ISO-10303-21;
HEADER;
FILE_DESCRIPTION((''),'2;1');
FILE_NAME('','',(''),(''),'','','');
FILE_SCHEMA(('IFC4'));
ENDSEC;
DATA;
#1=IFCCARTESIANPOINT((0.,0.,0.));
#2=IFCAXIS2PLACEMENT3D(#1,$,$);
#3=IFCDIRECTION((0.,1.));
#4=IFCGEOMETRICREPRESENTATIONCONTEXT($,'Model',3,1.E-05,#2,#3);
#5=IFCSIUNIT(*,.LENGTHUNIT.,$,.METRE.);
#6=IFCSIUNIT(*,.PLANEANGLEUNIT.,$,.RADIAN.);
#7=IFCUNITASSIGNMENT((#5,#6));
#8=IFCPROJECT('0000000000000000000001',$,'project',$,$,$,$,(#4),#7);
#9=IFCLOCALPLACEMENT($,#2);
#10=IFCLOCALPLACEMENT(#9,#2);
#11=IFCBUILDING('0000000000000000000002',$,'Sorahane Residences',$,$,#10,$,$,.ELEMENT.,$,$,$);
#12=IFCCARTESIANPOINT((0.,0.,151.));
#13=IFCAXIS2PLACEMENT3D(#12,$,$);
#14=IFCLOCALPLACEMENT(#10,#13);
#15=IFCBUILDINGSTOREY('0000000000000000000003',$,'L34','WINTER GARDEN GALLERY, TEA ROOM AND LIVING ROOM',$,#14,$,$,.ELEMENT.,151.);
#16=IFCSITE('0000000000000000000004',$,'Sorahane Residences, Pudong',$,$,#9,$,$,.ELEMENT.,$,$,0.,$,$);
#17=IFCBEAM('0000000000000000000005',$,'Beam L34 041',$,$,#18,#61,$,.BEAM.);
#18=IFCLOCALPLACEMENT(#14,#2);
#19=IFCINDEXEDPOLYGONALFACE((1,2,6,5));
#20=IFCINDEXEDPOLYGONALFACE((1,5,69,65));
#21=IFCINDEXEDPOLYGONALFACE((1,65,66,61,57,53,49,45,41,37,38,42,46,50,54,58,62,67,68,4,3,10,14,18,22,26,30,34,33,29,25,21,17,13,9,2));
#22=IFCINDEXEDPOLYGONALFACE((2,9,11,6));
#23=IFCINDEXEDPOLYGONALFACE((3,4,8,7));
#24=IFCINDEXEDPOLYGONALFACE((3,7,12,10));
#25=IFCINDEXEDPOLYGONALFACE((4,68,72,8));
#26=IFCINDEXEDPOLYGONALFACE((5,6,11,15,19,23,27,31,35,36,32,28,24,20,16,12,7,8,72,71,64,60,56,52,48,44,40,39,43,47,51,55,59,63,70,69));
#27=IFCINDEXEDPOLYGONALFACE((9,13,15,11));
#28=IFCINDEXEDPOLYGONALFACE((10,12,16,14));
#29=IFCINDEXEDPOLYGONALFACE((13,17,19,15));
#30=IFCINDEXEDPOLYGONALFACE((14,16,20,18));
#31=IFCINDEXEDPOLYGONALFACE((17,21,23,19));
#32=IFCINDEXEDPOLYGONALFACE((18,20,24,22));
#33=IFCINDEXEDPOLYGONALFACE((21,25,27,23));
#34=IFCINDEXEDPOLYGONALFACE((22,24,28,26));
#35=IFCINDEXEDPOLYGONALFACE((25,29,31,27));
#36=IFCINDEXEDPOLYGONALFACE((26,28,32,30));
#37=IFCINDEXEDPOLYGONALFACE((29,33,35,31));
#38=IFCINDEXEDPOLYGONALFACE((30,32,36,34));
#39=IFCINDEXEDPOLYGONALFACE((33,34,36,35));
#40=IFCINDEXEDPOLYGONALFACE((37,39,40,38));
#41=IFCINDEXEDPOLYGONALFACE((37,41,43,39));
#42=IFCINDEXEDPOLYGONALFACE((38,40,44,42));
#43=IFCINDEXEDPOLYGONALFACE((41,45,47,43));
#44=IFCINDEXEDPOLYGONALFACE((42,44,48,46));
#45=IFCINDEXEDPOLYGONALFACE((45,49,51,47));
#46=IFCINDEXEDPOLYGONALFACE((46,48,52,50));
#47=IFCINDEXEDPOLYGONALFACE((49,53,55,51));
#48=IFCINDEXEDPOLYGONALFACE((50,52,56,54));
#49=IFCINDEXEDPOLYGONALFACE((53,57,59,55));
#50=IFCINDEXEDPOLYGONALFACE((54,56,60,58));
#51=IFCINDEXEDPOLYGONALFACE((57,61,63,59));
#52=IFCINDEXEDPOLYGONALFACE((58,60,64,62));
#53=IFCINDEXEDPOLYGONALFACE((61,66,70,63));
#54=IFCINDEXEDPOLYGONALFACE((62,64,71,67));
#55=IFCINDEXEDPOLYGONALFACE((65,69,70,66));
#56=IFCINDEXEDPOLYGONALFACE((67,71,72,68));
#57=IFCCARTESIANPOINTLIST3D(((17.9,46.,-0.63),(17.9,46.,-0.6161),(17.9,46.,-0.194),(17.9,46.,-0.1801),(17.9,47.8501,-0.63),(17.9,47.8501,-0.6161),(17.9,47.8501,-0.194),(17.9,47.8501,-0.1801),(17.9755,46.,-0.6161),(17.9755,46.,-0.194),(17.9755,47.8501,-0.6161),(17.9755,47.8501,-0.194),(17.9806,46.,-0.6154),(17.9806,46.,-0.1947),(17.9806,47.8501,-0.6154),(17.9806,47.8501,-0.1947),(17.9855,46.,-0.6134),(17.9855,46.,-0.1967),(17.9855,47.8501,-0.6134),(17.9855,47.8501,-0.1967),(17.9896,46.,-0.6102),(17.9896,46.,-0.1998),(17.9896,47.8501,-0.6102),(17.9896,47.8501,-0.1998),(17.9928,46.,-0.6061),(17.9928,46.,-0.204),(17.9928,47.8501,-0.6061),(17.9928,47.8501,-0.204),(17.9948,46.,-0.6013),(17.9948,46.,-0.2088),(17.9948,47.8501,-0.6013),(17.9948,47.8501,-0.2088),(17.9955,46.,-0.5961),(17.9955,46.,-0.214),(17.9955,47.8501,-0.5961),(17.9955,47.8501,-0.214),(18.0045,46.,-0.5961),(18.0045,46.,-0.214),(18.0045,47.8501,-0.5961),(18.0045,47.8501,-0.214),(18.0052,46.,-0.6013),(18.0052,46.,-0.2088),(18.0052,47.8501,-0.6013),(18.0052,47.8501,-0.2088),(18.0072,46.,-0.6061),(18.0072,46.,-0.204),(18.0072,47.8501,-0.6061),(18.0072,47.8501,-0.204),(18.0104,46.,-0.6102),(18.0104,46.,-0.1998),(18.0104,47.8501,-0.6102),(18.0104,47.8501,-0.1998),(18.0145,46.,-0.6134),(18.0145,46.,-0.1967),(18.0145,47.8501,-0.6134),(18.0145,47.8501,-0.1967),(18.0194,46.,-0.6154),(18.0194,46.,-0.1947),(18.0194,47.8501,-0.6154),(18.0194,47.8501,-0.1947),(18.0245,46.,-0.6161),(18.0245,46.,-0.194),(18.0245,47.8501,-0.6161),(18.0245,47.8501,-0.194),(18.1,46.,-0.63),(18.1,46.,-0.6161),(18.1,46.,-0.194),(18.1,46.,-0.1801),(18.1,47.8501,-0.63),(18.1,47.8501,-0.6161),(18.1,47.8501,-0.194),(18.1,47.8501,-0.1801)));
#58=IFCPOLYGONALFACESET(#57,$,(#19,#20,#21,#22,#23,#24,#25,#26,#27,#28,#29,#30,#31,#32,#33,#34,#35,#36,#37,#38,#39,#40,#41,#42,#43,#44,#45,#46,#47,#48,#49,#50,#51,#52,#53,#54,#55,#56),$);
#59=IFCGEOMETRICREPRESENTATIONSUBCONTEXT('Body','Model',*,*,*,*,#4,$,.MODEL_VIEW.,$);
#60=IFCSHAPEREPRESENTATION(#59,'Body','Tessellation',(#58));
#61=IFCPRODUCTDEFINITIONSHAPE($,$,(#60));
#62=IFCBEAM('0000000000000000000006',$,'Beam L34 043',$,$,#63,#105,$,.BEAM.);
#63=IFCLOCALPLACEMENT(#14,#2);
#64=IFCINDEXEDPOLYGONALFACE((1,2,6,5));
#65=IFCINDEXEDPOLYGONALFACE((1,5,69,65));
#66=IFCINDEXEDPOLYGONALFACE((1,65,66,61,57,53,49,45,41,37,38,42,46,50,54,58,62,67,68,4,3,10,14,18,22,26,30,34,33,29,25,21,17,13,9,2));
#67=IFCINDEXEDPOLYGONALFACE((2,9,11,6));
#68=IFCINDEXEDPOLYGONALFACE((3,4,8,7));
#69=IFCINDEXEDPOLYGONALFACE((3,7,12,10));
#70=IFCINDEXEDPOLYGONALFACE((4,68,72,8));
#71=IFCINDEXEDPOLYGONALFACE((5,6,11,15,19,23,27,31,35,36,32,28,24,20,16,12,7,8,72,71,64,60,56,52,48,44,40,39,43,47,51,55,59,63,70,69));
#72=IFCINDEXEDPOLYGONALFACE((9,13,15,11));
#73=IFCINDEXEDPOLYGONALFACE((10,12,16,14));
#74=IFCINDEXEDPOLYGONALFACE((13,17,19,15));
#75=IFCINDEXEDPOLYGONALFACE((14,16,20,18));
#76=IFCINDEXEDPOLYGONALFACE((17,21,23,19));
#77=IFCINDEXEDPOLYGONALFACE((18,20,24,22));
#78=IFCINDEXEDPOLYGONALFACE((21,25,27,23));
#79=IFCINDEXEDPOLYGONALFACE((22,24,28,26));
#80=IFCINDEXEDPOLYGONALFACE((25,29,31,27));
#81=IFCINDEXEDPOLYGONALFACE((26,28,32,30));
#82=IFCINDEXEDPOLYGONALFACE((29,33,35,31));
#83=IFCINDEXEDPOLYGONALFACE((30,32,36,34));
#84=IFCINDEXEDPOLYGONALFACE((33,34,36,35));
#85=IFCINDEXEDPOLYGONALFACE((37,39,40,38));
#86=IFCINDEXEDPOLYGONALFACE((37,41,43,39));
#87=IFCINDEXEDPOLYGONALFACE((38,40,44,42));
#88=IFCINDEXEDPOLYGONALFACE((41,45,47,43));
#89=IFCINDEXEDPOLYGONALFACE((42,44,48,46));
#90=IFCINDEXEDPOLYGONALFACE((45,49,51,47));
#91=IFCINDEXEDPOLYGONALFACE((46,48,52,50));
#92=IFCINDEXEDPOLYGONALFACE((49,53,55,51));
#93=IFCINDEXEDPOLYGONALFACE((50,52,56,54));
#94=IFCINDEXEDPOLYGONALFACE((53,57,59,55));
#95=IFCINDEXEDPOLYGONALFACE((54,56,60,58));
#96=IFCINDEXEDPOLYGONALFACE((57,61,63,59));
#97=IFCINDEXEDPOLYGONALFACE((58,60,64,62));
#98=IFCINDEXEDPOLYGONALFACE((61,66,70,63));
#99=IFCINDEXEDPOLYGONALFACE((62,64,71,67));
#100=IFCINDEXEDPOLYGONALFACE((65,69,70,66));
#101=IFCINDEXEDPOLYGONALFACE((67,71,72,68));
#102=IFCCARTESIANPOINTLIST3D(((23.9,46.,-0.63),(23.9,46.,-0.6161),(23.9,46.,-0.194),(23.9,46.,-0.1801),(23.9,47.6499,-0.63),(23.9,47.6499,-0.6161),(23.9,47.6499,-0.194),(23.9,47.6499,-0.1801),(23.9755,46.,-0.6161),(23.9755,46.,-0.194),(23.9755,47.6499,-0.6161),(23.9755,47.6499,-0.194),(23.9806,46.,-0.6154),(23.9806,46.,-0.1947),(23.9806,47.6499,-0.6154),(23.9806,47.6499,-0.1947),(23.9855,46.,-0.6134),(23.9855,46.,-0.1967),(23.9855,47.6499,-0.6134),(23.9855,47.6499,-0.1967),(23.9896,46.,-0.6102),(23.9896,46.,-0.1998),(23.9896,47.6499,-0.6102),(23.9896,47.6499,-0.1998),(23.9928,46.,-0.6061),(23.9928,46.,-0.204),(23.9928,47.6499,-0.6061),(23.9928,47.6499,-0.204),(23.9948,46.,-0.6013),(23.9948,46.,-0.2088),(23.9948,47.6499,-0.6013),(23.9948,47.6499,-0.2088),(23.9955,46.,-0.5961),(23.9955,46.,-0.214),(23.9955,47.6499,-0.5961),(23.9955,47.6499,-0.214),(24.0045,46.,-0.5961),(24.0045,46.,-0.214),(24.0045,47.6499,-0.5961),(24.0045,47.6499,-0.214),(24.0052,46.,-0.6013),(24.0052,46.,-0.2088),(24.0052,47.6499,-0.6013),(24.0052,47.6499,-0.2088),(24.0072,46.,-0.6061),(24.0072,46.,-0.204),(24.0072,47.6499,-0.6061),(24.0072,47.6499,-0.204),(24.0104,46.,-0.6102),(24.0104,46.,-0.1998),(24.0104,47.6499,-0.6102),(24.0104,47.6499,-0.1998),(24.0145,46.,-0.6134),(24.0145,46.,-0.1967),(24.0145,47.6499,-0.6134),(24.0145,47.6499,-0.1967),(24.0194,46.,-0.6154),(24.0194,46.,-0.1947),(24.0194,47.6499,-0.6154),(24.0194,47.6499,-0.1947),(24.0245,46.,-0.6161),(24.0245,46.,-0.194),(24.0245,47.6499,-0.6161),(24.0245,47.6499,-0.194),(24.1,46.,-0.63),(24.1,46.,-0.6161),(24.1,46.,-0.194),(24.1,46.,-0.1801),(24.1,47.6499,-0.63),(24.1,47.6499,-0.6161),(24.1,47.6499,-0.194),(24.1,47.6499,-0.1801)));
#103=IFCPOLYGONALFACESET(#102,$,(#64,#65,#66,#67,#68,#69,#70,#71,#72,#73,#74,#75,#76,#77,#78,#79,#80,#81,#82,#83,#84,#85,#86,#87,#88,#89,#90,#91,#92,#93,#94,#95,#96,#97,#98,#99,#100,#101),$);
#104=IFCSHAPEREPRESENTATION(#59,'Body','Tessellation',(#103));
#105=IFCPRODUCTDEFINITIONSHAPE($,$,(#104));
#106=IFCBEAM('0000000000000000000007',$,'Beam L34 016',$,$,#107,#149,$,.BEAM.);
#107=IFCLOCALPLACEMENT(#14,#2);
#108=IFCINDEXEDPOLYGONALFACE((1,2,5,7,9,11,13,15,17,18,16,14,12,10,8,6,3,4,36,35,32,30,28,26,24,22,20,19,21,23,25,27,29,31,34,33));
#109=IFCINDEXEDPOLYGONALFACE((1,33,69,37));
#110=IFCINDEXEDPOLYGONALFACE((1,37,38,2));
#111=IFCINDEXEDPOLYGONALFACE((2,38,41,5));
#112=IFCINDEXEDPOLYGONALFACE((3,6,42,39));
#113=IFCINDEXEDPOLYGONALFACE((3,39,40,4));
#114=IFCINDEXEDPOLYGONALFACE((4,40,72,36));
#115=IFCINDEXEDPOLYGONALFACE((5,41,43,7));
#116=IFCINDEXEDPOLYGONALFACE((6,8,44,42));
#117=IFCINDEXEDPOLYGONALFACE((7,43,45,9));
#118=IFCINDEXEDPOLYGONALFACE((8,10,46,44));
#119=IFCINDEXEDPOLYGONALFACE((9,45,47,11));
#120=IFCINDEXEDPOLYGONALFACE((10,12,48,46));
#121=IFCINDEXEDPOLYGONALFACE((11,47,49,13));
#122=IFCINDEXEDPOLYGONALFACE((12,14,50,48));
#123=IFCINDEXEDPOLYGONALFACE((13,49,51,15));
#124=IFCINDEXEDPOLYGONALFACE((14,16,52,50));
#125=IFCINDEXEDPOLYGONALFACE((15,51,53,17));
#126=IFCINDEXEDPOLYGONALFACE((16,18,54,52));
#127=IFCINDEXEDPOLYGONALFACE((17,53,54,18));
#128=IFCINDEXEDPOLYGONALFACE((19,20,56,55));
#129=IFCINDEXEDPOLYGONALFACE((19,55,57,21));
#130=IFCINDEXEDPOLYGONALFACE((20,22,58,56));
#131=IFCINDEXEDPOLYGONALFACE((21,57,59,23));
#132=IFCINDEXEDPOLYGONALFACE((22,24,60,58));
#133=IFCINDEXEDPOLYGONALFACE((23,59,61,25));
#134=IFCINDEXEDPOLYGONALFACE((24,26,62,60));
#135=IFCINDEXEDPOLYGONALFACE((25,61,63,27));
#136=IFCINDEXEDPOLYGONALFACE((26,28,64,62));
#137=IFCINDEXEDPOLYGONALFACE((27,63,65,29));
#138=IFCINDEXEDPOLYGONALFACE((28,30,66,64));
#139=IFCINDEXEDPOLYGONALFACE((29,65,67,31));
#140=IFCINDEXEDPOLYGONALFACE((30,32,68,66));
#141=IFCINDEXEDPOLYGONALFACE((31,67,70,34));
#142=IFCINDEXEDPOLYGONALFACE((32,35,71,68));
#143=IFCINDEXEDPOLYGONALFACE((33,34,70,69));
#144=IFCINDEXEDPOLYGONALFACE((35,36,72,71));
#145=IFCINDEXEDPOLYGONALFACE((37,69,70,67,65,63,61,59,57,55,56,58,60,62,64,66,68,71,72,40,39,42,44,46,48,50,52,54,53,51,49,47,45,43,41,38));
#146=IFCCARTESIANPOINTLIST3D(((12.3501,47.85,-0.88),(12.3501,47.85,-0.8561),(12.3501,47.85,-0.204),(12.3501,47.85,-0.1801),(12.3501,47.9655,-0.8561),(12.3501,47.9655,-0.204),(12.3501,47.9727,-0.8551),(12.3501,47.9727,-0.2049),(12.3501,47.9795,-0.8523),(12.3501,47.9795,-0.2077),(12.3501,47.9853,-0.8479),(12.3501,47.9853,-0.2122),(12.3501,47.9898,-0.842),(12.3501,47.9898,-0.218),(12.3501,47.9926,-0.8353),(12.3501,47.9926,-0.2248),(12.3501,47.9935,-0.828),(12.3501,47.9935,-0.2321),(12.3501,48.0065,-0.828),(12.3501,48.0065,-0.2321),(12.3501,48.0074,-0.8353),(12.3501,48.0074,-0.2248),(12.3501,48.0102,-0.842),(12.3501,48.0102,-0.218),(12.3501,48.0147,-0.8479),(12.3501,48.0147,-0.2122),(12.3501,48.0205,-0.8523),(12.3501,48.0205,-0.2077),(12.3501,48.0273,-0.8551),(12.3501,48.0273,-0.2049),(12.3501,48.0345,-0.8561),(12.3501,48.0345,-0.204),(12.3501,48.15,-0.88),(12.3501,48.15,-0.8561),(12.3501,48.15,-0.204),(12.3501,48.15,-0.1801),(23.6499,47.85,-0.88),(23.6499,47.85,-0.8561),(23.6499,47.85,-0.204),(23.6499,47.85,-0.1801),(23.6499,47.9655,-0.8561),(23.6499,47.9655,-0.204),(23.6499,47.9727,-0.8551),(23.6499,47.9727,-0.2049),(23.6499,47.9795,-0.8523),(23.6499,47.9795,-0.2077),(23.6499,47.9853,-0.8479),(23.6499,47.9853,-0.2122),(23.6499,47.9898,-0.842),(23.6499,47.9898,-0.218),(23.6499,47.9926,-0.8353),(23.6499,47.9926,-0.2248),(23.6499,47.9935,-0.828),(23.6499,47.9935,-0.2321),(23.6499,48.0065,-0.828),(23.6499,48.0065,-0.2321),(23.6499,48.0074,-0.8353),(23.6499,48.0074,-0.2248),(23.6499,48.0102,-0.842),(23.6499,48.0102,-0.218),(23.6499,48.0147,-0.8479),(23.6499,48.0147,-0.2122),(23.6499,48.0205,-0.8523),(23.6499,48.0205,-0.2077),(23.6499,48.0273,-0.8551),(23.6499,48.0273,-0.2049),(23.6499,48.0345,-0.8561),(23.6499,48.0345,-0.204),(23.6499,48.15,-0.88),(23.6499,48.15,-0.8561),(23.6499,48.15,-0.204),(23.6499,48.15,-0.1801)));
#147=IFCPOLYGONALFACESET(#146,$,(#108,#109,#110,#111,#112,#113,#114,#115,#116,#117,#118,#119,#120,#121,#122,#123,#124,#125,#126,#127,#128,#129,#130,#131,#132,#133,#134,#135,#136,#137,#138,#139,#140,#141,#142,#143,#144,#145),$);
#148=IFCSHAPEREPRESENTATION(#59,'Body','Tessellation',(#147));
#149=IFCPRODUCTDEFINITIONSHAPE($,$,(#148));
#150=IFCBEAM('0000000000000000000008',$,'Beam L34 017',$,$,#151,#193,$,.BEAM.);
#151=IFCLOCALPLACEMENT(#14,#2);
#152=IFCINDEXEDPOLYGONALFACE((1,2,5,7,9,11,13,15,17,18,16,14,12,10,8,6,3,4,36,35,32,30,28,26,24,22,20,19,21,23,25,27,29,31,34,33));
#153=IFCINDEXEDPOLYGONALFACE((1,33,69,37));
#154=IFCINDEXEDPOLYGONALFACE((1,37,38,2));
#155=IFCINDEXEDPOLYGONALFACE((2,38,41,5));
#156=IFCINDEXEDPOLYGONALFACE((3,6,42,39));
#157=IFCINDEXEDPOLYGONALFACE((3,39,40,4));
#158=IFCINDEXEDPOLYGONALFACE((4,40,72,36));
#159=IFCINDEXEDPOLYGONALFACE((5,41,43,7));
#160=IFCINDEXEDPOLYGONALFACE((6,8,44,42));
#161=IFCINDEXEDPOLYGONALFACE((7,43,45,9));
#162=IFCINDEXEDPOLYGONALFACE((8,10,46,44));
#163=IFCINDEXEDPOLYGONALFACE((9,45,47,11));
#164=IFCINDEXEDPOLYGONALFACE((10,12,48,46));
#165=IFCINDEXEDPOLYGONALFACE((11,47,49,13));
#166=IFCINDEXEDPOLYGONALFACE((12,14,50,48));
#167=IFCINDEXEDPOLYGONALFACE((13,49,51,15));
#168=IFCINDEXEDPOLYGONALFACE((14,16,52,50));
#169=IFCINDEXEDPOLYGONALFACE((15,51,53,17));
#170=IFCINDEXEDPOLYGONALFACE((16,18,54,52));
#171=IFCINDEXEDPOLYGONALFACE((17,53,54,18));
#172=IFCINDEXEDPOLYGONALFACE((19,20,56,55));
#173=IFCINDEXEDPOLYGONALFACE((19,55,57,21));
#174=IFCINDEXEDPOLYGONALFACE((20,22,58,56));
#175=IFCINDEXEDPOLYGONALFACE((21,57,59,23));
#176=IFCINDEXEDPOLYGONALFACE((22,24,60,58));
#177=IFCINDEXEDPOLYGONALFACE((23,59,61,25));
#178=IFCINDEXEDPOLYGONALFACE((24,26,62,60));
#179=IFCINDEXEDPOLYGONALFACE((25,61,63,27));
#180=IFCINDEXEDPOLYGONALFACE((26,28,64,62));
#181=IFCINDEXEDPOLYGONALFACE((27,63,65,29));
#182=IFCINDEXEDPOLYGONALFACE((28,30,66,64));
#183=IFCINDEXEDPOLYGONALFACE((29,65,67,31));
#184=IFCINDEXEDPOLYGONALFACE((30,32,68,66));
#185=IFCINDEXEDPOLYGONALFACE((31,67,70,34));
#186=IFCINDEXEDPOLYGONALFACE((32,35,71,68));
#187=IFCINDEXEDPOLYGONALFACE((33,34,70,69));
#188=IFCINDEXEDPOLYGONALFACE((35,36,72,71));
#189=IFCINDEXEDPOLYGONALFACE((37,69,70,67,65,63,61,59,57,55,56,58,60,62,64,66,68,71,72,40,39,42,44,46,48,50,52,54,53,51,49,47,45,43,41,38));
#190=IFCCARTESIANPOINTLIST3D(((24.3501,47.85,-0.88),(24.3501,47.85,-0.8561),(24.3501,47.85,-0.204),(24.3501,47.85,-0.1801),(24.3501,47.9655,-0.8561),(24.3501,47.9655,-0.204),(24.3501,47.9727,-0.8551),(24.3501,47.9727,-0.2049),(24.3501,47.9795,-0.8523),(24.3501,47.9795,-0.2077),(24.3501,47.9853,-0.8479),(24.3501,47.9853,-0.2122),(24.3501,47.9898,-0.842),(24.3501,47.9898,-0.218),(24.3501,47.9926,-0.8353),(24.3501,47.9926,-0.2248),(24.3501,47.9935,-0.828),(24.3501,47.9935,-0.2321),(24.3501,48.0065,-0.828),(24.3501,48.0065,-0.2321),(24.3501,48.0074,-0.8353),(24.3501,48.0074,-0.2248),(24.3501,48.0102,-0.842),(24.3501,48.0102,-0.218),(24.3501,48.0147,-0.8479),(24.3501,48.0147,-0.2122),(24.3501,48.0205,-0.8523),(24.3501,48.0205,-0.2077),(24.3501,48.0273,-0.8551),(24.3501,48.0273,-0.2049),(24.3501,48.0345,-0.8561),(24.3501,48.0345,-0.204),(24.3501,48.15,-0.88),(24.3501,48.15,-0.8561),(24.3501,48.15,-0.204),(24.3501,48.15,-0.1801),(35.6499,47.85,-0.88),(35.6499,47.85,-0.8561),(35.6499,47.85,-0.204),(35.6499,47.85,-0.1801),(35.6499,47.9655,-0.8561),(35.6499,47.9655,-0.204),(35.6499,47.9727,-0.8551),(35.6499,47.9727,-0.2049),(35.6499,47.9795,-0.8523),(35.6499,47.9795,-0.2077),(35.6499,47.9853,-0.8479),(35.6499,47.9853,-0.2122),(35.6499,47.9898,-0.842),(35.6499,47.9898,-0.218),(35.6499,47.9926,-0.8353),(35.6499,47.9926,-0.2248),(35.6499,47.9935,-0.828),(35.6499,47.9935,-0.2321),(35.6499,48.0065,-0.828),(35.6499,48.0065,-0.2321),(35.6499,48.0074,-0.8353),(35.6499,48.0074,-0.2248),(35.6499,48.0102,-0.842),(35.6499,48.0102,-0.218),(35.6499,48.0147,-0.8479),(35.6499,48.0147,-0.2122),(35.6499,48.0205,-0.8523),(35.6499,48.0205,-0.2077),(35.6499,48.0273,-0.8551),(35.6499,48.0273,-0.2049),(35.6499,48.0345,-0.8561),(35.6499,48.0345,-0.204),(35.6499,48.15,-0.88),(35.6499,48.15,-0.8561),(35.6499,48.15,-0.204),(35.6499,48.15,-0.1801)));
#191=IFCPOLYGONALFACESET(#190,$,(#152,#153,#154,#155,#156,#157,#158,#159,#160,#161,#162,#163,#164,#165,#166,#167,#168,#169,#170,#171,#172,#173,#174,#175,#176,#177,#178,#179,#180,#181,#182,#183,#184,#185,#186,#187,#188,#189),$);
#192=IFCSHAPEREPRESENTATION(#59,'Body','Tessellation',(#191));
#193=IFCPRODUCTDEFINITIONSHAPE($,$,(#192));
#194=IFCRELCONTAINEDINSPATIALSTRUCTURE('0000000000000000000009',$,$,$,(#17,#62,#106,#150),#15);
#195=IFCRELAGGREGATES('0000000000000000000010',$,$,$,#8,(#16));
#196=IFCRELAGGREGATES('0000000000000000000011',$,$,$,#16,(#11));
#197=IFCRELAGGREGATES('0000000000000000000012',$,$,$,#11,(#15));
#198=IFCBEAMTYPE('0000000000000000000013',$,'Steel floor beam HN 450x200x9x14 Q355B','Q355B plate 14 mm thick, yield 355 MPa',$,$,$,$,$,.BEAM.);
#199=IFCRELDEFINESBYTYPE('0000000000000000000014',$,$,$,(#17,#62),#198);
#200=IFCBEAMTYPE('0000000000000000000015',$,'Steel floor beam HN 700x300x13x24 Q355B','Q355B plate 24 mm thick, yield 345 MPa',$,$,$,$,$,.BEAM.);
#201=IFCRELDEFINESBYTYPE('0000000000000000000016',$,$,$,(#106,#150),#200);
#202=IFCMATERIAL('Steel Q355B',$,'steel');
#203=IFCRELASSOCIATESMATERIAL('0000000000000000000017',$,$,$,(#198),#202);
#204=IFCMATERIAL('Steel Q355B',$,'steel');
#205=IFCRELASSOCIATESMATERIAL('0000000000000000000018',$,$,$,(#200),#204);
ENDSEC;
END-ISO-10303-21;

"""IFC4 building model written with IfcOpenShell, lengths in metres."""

from ifc_helpers import new_model, si_unit, direction, frame, origin, origin_2d, place, context, subcontext, project, spatial, i_section, extrude, material, material_profile, profile_set, type_object, element, save


model = new_model("IFC4")

# Units and contexts
model_context = context("Model", 3, precision=1e-05, world=origin(), true_north=direction((0.0, 1.0)))
body_context = subcontext(model_context, "Body", "Model", "MODEL_VIEW")
ifc_project = project(units=[si_unit("LENGTHUNIT", "METRE"), si_unit("PLANEANGLEUNIT", "RADIAN")], contexts=[model_context])

# Site, building, storey
site_placement = place(None, origin())
site = spatial("IfcSite", under=ifc_project, at=site_placement, Name="Sorahane Residences, Pudong", CompositionType="ELEMENT", RefElevation=0.0)
building_placement = place(site_placement, origin())
building = spatial("IfcBuilding", under=site, at=building_placement, Name="Sorahane Residences", CompositionType="ELEMENT")
storey_placement = place(building_placement, frame((0.0, 0.0, 151.0)))
storey = spatial("IfcBuildingStorey", under=building, at=storey_placement, Name="L34", Description="WINTER GARDEN GALLERY, TEA ROOM AND LIVING ROOM", CompositionType="ELEMENT", Elevation=151.0)

# Beams
ifc_material_1 = material(Name="Steel Q355B", Category="steel")
ifc_material_profile_1 = material_profile(ifc_material_1, i_section(OverallWidth=0.2, OverallDepth=0.45, WebThickness=0.009, FlangeThickness=0.0139, FilletRadius=0.02, at=origin_2d()), Name="HN 450x200x9x14")
ifc_profile_set_1 = profile_set([ifc_material_profile_1], Name="Steel Q355B")
beam_type_1 = type_object("IfcBeamType", Name="Steel floor beam HN 450x200x9x14 Q355B", Description="Q355B plate 14 mm thick, yield 355 MPa", PredefinedType="BEAM", material=ifc_profile_set_1)
beam_1_placement = place(storey_placement, frame((18.0, 46.0, -0.405), z_axis=(0.0, 1.0, 0.0), x_axis=(-1.0, 0.0, 0.0)))
element("IfcBeam", 1, at=beam_1_placement, inside=storey, type_object=beam_type_1, Name="Beam L34 041", PredefinedType="BEAM", context=body_context, shape_type="SweptSolid", body=[
    extrude(i_section(OverallWidth=0.2, OverallDepth=0.45, WebThickness=0.009, FlangeThickness=0.0139, FilletRadius=0.02, at=origin_2d()), origin(), (0.0, 0.0, 1.0), 1.8501),
])
beam_2_placement = place(storey_placement, frame((24.0, 46.0, -0.405), z_axis=(0.0, 1.0, 0.0), x_axis=(-1.0, 0.0, 0.0)))
element("IfcBeam", 2, at=beam_2_placement, inside=storey, type_object=beam_type_1, Name="Beam L34 043", PredefinedType="BEAM", context=body_context, shape_type="SweptSolid", body=[
    extrude(i_section(OverallWidth=0.2, OverallDepth=0.45, WebThickness=0.009, FlangeThickness=0.0139, FilletRadius=0.02, at=origin_2d()), origin(), (0.0, 0.0, 1.0), 1.6499),
])
ifc_material_2 = material(Name="Steel Q355B", Category="steel")
ifc_material_profile_2 = material_profile(ifc_material_2, i_section(OverallWidth=0.3, OverallDepth=0.7, WebThickness=0.0129, FlangeThickness=0.0239, FilletRadius=0.0281, at=origin_2d()), Name="HN 700x300x13x24")
ifc_profile_set_2 = profile_set([ifc_material_profile_2], Name="Steel Q355B")
beam_type_2 = type_object("IfcBeamType", Name="Steel floor beam HN 700x300x13x24 Q355B", Description="Q355B plate 24 mm thick, yield 345 MPa", PredefinedType="BEAM", material=ifc_profile_set_2)
for number, where, z_axis, x_axis, name in (
    (3, (12.3501, 48.0, -0.53), (1.0, 0.0, 0.0), (0.0, 1.0, 0.0), "Beam L34 016"),
    (4, (24.3501, 48.0, -0.53), (1.0, 0.0, 0.0), (0.0, 1.0, 0.0), "Beam L34 017"),
):
    element("IfcBeam", number, at=place(storey_placement, frame(where, z_axis=z_axis, x_axis=x_axis)), inside=storey, type_object=beam_type_2, Name=name, PredefinedType="BEAM", context=body_context, shape_type="SweptSolid", body=[
        extrude(i_section(OverallWidth=0.3, OverallDepth=0.7, WebThickness=0.0129, FlangeThickness=0.0239, FilletRadius=0.0281, at=origin_2d()), origin(), (0.0, 0.0, 1.0), 11.2998),
    ])

save(model, "model.ifc")
